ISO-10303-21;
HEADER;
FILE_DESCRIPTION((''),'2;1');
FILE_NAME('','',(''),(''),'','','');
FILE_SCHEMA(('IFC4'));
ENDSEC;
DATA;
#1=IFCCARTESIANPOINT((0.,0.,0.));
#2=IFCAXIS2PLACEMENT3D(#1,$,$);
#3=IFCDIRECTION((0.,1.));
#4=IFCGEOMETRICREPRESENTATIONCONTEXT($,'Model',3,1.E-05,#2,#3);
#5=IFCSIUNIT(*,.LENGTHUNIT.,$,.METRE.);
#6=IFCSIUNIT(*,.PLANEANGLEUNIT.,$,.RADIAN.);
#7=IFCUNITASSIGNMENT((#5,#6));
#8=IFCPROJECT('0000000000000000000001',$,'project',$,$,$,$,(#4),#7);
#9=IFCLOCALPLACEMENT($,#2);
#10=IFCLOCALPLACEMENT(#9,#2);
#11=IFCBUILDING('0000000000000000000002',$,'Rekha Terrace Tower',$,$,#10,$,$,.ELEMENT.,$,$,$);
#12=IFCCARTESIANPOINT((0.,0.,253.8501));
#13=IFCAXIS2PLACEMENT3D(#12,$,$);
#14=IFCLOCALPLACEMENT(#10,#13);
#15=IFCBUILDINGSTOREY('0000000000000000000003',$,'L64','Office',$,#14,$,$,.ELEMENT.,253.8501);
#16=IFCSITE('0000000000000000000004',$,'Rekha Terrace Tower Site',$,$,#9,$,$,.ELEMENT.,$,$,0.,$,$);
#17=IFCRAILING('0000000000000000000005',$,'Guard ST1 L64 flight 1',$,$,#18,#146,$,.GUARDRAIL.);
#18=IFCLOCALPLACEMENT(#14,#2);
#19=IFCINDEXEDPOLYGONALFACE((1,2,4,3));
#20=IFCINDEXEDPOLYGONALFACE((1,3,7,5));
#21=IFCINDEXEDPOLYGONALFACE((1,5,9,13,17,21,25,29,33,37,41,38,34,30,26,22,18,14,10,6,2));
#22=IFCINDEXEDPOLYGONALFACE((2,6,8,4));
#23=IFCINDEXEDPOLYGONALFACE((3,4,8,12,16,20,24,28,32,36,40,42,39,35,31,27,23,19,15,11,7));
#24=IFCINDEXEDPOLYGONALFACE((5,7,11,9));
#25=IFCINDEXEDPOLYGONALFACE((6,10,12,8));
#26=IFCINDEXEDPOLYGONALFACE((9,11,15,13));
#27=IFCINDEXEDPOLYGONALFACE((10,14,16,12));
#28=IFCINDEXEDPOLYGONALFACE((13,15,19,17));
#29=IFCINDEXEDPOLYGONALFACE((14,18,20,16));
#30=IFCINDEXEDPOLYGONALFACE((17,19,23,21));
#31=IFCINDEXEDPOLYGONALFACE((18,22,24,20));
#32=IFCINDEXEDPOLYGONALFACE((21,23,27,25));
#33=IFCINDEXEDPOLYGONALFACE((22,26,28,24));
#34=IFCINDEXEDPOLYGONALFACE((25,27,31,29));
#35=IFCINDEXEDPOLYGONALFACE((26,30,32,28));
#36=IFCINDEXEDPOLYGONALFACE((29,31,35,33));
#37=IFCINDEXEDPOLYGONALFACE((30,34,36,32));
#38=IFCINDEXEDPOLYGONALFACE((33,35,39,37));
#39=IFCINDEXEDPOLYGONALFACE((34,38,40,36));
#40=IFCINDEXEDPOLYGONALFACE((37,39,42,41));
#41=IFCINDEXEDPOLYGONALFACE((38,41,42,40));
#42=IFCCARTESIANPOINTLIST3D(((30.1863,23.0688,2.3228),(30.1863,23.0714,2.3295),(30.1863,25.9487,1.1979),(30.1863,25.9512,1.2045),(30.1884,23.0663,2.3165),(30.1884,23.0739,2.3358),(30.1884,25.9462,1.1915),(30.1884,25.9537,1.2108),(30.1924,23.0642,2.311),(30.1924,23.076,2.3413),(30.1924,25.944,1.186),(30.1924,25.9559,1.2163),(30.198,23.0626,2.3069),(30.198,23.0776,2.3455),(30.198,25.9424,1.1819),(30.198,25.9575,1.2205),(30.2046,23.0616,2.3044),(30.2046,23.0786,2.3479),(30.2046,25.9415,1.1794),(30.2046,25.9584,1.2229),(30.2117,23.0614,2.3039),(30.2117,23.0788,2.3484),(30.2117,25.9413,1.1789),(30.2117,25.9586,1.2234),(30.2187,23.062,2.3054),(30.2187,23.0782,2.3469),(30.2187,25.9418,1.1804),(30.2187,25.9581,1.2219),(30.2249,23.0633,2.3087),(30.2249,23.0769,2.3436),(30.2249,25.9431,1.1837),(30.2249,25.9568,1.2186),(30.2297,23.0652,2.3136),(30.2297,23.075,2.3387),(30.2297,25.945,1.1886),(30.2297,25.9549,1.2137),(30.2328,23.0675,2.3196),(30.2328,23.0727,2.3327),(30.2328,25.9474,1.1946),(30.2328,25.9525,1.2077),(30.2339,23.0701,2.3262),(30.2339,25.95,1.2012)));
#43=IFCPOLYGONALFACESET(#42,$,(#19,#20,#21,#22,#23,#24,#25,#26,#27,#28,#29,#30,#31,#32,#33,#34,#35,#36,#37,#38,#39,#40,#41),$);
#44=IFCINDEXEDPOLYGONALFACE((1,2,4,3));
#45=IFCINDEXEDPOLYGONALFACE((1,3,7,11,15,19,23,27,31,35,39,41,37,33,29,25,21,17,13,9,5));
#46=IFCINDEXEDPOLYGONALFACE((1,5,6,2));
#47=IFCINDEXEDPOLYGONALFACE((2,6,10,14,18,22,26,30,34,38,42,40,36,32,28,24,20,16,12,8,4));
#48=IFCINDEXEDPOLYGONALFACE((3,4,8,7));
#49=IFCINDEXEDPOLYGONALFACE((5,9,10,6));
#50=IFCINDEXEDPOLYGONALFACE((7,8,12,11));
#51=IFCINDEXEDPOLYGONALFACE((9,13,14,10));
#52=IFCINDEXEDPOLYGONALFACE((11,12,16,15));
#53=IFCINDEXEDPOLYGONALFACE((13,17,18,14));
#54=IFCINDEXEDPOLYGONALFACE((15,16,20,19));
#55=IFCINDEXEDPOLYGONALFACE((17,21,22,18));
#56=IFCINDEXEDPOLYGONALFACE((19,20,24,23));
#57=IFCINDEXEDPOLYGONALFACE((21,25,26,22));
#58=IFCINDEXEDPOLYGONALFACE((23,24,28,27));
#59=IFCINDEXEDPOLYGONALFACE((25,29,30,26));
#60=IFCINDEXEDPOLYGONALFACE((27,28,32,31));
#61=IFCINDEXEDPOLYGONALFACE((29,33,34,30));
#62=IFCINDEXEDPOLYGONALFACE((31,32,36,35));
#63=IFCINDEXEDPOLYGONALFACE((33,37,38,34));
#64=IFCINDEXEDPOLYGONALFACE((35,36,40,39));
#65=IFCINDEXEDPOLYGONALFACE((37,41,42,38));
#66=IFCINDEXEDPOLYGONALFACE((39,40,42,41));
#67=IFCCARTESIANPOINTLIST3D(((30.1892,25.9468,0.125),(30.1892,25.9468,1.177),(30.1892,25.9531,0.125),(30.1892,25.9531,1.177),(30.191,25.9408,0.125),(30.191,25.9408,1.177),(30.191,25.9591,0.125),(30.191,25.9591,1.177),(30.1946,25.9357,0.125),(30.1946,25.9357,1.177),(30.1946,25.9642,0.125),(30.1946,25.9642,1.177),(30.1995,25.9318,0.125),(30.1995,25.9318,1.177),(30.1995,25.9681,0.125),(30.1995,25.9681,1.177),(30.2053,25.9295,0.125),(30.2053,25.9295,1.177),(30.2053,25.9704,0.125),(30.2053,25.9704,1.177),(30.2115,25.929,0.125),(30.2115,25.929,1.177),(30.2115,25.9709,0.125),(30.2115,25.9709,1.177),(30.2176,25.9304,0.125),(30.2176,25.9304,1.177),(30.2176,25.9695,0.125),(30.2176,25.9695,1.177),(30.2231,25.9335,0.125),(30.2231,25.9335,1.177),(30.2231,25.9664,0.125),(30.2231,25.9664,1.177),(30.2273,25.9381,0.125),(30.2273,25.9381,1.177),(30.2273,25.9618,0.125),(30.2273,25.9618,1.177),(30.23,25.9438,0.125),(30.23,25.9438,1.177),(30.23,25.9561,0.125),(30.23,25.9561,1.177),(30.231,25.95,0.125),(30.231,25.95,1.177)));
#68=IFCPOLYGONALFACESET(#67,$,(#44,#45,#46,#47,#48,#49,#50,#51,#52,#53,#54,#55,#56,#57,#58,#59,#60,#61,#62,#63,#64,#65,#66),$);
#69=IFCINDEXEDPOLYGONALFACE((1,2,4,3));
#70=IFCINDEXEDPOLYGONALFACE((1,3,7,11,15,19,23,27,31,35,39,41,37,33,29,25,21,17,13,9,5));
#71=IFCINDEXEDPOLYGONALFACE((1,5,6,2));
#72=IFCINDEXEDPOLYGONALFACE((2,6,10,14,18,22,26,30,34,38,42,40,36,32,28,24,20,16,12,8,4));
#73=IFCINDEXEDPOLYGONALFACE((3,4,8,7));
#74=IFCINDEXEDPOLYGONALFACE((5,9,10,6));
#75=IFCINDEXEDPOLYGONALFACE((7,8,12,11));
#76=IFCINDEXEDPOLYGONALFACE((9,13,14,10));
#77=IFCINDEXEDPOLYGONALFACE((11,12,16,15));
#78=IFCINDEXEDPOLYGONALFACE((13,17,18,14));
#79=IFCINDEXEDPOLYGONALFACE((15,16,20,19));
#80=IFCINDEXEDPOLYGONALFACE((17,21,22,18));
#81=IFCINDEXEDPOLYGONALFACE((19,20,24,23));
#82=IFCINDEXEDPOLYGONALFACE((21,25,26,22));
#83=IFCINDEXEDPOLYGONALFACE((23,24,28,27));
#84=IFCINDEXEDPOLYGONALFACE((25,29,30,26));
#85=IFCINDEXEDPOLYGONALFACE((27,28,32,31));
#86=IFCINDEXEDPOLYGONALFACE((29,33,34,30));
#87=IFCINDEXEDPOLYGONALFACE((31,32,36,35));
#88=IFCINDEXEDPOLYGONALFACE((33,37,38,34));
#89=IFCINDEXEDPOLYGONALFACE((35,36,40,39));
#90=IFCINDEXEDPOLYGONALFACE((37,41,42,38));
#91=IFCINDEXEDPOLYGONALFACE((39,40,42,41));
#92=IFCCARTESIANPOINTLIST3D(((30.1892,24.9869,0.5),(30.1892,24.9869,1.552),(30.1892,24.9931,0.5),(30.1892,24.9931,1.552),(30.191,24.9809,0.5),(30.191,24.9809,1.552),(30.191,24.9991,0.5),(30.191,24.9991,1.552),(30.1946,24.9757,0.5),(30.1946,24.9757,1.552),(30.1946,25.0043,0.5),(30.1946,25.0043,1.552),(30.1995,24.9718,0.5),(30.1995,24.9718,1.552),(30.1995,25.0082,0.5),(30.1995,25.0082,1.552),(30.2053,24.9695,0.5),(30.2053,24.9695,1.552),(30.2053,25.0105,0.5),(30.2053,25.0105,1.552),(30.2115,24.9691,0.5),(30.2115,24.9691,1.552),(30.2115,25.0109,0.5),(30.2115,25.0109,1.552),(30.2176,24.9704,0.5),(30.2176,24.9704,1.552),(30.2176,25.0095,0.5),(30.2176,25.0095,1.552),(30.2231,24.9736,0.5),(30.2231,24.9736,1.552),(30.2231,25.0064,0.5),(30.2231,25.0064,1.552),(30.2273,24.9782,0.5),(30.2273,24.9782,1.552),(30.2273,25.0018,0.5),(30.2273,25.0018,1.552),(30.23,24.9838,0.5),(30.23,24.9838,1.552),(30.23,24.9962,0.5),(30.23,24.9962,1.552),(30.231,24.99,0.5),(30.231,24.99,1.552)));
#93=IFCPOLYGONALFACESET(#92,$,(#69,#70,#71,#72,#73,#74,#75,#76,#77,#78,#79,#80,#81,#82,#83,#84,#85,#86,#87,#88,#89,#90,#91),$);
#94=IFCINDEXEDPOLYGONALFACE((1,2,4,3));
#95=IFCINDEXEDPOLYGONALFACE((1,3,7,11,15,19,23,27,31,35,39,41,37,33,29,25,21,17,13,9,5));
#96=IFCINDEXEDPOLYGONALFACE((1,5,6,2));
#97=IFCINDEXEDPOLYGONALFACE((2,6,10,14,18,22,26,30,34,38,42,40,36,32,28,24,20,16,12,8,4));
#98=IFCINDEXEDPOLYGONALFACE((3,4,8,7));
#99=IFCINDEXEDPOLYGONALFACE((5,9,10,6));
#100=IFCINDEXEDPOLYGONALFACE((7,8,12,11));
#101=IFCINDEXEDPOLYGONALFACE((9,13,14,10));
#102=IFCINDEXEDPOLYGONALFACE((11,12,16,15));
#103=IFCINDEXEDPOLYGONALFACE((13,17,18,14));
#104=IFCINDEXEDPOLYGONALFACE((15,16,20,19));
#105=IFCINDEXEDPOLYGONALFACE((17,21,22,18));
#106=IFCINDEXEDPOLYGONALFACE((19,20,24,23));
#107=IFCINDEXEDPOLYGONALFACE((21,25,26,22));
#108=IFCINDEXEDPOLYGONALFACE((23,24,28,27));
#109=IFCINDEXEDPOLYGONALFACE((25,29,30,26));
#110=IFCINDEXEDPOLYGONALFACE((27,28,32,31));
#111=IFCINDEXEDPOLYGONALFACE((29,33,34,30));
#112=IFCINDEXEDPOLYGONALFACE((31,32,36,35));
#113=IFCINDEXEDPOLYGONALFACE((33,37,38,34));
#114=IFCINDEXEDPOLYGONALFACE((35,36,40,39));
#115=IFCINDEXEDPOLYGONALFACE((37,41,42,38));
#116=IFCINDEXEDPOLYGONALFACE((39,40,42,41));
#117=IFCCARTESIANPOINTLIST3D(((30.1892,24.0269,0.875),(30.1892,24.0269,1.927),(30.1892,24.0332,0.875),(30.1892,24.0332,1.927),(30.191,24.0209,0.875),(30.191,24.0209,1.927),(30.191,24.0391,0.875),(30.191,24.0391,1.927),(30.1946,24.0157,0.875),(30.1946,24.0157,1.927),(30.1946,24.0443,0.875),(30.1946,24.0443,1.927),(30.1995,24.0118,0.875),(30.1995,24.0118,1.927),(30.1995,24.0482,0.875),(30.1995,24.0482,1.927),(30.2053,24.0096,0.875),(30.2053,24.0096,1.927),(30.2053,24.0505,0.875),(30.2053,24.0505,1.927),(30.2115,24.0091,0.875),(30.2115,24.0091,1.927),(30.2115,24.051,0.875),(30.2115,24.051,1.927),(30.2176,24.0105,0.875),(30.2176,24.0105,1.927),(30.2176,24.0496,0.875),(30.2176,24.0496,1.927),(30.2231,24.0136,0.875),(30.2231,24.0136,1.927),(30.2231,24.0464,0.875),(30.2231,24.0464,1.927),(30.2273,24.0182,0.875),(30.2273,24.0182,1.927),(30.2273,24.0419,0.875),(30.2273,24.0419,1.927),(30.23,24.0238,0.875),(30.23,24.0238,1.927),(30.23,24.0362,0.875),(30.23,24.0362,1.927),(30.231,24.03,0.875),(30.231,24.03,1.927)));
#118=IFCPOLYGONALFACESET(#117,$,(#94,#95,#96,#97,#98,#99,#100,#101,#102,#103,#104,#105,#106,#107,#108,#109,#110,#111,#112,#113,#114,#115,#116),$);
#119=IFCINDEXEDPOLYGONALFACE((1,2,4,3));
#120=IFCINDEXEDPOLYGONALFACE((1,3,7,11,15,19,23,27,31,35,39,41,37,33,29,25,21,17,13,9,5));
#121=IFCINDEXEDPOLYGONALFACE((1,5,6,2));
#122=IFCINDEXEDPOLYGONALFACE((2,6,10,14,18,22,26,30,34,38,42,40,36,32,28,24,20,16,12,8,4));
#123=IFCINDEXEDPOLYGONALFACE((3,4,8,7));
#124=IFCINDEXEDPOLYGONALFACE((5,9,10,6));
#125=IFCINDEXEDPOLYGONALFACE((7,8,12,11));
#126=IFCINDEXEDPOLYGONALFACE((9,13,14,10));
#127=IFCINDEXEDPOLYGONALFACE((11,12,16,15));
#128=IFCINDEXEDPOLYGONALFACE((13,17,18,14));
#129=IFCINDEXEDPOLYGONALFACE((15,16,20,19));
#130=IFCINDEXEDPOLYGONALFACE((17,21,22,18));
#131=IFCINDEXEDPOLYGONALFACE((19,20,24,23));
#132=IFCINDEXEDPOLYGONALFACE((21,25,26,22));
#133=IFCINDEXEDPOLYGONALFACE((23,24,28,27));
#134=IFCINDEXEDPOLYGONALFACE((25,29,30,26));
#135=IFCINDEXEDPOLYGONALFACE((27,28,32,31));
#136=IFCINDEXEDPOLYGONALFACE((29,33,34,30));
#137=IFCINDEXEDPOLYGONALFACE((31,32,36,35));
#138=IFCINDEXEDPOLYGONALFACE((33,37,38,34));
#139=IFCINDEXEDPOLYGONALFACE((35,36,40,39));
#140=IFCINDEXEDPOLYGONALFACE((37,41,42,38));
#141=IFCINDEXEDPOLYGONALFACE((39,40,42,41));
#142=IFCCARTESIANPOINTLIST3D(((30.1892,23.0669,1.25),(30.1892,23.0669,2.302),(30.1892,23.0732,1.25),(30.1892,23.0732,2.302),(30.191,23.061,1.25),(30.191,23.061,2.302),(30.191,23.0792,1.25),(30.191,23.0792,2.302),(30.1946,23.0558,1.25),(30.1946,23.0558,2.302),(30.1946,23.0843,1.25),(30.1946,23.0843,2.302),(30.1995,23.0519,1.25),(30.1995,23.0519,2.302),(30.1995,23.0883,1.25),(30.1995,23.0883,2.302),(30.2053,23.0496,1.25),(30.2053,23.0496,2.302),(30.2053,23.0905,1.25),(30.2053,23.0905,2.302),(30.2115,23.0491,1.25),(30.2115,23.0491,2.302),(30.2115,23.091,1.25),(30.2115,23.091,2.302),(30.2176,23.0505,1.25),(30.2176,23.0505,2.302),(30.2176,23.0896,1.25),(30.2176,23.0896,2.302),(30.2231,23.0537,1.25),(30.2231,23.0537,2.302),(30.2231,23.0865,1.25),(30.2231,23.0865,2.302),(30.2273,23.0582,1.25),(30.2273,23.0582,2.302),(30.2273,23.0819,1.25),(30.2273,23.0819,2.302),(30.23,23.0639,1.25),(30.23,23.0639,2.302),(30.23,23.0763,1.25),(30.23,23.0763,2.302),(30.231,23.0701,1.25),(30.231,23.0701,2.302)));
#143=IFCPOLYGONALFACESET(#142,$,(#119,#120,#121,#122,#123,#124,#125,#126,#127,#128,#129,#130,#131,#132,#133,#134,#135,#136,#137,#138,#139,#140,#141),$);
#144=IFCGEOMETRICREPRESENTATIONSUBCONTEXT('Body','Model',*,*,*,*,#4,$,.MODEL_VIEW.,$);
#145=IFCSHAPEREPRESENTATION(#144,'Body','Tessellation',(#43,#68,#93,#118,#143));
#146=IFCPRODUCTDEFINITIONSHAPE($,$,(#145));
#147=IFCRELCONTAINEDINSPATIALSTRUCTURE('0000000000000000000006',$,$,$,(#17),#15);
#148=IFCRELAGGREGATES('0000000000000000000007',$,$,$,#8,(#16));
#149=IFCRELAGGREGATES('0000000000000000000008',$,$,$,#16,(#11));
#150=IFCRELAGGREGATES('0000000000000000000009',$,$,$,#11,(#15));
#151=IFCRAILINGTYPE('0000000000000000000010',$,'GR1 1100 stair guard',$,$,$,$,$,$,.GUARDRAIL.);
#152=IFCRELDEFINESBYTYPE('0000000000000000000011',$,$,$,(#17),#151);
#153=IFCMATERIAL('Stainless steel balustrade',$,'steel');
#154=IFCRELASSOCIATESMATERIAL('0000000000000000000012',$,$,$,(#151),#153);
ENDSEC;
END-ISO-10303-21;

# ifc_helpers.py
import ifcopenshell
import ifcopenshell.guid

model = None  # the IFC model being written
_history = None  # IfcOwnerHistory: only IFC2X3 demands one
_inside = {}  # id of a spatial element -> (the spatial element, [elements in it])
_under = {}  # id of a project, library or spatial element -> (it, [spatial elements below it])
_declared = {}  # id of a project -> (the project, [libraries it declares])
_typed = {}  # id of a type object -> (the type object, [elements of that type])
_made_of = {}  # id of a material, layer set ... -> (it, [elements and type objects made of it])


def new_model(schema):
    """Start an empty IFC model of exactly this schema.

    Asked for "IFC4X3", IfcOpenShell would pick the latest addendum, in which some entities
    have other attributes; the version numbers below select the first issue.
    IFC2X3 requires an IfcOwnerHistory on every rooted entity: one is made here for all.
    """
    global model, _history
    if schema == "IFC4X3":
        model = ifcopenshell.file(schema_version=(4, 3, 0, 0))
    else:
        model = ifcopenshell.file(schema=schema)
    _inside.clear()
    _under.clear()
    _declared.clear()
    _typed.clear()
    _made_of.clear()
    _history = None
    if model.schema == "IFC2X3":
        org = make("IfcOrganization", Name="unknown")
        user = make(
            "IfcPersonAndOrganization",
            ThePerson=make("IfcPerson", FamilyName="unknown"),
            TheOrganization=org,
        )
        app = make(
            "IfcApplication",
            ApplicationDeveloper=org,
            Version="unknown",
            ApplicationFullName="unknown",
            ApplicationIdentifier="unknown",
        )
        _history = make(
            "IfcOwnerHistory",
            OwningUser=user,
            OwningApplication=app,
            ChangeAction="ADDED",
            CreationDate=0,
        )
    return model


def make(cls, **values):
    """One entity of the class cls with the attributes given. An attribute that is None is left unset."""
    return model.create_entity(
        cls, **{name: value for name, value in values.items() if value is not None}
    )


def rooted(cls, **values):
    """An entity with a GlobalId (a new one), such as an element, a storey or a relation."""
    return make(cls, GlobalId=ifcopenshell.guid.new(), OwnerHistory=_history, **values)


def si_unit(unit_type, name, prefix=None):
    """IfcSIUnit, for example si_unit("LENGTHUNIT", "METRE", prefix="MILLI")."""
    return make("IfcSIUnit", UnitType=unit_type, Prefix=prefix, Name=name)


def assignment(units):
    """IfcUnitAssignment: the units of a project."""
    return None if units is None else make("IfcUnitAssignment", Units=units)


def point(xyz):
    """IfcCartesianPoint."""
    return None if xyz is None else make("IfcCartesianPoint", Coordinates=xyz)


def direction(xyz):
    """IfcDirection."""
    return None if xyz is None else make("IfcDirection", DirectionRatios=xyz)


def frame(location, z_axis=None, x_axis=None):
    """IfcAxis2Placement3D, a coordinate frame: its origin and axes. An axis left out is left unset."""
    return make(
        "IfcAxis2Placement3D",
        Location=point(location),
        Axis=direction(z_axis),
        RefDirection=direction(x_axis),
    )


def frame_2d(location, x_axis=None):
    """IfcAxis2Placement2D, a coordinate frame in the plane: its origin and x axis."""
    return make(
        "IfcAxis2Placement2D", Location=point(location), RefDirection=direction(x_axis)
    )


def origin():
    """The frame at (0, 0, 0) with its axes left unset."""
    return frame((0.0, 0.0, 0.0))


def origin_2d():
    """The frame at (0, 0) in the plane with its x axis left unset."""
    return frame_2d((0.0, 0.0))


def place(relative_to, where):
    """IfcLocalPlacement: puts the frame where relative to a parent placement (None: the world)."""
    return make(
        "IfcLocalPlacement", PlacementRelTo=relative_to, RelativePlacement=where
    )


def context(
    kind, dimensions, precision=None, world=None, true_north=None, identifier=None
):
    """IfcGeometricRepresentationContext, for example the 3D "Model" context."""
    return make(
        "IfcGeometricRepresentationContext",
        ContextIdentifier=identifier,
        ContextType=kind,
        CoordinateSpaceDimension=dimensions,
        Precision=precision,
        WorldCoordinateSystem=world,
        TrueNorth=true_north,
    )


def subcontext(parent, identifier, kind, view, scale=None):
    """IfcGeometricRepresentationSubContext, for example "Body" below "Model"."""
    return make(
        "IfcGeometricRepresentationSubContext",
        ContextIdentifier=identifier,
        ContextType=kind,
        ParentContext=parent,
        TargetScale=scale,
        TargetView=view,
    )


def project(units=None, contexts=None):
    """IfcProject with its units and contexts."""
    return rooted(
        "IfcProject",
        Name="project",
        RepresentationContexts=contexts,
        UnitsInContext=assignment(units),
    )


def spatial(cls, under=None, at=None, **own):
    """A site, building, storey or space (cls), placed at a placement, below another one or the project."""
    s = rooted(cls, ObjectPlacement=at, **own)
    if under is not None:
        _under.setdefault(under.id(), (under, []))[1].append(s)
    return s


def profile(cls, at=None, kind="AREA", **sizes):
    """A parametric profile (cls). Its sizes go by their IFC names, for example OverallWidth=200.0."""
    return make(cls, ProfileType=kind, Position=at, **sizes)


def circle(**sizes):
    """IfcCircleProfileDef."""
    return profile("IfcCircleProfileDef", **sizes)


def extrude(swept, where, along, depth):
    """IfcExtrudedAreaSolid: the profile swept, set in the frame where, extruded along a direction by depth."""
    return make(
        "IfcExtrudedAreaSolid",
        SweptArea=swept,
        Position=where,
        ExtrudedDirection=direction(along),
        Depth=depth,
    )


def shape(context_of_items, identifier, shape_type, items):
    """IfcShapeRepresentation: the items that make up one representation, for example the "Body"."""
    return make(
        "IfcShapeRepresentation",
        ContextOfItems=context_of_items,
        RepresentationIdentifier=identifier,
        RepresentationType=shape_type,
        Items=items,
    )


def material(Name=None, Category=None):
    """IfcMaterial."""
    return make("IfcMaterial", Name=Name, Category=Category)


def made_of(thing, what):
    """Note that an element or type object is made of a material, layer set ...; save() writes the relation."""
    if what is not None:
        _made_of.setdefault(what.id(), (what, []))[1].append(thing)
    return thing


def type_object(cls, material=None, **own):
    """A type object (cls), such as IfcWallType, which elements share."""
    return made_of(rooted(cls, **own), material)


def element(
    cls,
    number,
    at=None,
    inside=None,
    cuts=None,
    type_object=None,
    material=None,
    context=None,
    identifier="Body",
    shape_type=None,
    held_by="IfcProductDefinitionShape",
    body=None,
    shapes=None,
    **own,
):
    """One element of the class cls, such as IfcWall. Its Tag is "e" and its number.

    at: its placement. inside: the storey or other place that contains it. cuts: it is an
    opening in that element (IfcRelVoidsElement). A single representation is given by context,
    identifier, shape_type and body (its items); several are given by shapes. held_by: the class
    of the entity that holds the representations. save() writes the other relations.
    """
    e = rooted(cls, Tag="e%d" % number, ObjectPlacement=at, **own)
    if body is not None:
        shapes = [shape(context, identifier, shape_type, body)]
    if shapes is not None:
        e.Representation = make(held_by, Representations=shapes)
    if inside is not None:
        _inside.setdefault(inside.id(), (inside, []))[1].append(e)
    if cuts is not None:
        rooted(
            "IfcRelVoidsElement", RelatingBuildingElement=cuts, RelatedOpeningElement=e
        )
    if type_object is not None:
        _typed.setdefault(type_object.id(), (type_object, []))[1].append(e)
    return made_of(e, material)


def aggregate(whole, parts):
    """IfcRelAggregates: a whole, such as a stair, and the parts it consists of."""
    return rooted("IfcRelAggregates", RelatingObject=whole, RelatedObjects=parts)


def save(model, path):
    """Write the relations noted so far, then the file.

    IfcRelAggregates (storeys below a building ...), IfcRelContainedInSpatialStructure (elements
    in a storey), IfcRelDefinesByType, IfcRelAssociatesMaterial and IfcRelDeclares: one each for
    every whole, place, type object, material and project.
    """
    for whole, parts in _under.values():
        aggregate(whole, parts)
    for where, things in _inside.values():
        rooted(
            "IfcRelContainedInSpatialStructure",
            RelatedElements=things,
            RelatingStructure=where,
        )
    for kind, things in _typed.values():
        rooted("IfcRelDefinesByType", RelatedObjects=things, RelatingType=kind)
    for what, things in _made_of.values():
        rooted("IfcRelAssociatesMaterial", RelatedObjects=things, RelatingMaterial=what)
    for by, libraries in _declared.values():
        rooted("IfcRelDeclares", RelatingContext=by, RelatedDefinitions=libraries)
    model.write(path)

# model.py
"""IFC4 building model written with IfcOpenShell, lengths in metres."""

from ifc_helpers import new_model, si_unit, direction, frame, origin, origin_2d, place, context, subcontext, project, spatial, circle, extrude, material, type_object, element, save


model = new_model("IFC4")

# Units and contexts
model_context = context("Model", 3, precision=1e-05, world=origin(), true_north=direction((0.0, 1.0)))
body_context = subcontext(model_context, "Body", "Model", "MODEL_VIEW")
ifc_project = project(units=[si_unit("LENGTHUNIT", "METRE"), si_unit("PLANEANGLEUNIT", "RADIAN")], contexts=[model_context])

# Site, building, storey
site_placement = place(None, origin())
site = spatial("IfcSite", under=ifc_project, at=site_placement, Name="Rekha Terrace Tower Site", CompositionType="ELEMENT", RefElevation=0.0)
building_placement = place(site_placement, origin())
building = spatial("IfcBuilding", under=site, at=building_placement, Name="Rekha Terrace Tower", CompositionType="ELEMENT")
storey_placement = place(building_placement, frame((0.0, 0.0, 253.8501)))
storey = spatial("IfcBuildingStorey", under=building, at=storey_placement, Name="L64", Description="Office", CompositionType="ELEMENT", Elevation=253.8501)

# Railing
ifc_material_1 = material(Name="Stainless steel balustrade", Category="steel")
railing_type_1 = type_object("IfcRailingType", Name="GR1 1100 stair guard", PredefinedType="GUARDRAIL", material=ifc_material_1)
railing_1_placement = place(storey_placement, frame((30.21, 25.95, 0.125)))
element("IfcRailing", 1, at=railing_1_placement, inside=storey, type_object=railing_type_1, Name="Guard ST1 L64 flight 1", PredefinedType="GUARDRAIL", context=body_context, shape_type="SweptSolid", body=[
    extrude(circle(Radius=0.0239, at=origin_2d()), frame((0.0, 0.0, 1.0762), z_axis=(0.0, -0.931452, 0.363863), x_axis=(1.0, 0.0, 0.0)), (0.0, 0.0, 1.0), 3.0918),
    extrude(circle(Radius=0.021, at=origin_2d()), origin(), (0.0, 0.0, 1.0), 1.052),
    extrude(circle(Radius=0.021, at=origin_2d()), frame((0.0, -0.96, 0.375)), (0.0, 0.0, 1.0), 1.052),
    extrude(circle(Radius=0.021, at=origin_2d()), frame((0.0, -1.9199, 0.75)), (0.0, 0.0, 1.0), 1.052),
    extrude(circle(Radius=0.021, at=origin_2d()), frame((0.0, -2.8799, 1.125)), (0.0, 0.0, 1.0), 1.052),
])

save(model, "model.ifc")
